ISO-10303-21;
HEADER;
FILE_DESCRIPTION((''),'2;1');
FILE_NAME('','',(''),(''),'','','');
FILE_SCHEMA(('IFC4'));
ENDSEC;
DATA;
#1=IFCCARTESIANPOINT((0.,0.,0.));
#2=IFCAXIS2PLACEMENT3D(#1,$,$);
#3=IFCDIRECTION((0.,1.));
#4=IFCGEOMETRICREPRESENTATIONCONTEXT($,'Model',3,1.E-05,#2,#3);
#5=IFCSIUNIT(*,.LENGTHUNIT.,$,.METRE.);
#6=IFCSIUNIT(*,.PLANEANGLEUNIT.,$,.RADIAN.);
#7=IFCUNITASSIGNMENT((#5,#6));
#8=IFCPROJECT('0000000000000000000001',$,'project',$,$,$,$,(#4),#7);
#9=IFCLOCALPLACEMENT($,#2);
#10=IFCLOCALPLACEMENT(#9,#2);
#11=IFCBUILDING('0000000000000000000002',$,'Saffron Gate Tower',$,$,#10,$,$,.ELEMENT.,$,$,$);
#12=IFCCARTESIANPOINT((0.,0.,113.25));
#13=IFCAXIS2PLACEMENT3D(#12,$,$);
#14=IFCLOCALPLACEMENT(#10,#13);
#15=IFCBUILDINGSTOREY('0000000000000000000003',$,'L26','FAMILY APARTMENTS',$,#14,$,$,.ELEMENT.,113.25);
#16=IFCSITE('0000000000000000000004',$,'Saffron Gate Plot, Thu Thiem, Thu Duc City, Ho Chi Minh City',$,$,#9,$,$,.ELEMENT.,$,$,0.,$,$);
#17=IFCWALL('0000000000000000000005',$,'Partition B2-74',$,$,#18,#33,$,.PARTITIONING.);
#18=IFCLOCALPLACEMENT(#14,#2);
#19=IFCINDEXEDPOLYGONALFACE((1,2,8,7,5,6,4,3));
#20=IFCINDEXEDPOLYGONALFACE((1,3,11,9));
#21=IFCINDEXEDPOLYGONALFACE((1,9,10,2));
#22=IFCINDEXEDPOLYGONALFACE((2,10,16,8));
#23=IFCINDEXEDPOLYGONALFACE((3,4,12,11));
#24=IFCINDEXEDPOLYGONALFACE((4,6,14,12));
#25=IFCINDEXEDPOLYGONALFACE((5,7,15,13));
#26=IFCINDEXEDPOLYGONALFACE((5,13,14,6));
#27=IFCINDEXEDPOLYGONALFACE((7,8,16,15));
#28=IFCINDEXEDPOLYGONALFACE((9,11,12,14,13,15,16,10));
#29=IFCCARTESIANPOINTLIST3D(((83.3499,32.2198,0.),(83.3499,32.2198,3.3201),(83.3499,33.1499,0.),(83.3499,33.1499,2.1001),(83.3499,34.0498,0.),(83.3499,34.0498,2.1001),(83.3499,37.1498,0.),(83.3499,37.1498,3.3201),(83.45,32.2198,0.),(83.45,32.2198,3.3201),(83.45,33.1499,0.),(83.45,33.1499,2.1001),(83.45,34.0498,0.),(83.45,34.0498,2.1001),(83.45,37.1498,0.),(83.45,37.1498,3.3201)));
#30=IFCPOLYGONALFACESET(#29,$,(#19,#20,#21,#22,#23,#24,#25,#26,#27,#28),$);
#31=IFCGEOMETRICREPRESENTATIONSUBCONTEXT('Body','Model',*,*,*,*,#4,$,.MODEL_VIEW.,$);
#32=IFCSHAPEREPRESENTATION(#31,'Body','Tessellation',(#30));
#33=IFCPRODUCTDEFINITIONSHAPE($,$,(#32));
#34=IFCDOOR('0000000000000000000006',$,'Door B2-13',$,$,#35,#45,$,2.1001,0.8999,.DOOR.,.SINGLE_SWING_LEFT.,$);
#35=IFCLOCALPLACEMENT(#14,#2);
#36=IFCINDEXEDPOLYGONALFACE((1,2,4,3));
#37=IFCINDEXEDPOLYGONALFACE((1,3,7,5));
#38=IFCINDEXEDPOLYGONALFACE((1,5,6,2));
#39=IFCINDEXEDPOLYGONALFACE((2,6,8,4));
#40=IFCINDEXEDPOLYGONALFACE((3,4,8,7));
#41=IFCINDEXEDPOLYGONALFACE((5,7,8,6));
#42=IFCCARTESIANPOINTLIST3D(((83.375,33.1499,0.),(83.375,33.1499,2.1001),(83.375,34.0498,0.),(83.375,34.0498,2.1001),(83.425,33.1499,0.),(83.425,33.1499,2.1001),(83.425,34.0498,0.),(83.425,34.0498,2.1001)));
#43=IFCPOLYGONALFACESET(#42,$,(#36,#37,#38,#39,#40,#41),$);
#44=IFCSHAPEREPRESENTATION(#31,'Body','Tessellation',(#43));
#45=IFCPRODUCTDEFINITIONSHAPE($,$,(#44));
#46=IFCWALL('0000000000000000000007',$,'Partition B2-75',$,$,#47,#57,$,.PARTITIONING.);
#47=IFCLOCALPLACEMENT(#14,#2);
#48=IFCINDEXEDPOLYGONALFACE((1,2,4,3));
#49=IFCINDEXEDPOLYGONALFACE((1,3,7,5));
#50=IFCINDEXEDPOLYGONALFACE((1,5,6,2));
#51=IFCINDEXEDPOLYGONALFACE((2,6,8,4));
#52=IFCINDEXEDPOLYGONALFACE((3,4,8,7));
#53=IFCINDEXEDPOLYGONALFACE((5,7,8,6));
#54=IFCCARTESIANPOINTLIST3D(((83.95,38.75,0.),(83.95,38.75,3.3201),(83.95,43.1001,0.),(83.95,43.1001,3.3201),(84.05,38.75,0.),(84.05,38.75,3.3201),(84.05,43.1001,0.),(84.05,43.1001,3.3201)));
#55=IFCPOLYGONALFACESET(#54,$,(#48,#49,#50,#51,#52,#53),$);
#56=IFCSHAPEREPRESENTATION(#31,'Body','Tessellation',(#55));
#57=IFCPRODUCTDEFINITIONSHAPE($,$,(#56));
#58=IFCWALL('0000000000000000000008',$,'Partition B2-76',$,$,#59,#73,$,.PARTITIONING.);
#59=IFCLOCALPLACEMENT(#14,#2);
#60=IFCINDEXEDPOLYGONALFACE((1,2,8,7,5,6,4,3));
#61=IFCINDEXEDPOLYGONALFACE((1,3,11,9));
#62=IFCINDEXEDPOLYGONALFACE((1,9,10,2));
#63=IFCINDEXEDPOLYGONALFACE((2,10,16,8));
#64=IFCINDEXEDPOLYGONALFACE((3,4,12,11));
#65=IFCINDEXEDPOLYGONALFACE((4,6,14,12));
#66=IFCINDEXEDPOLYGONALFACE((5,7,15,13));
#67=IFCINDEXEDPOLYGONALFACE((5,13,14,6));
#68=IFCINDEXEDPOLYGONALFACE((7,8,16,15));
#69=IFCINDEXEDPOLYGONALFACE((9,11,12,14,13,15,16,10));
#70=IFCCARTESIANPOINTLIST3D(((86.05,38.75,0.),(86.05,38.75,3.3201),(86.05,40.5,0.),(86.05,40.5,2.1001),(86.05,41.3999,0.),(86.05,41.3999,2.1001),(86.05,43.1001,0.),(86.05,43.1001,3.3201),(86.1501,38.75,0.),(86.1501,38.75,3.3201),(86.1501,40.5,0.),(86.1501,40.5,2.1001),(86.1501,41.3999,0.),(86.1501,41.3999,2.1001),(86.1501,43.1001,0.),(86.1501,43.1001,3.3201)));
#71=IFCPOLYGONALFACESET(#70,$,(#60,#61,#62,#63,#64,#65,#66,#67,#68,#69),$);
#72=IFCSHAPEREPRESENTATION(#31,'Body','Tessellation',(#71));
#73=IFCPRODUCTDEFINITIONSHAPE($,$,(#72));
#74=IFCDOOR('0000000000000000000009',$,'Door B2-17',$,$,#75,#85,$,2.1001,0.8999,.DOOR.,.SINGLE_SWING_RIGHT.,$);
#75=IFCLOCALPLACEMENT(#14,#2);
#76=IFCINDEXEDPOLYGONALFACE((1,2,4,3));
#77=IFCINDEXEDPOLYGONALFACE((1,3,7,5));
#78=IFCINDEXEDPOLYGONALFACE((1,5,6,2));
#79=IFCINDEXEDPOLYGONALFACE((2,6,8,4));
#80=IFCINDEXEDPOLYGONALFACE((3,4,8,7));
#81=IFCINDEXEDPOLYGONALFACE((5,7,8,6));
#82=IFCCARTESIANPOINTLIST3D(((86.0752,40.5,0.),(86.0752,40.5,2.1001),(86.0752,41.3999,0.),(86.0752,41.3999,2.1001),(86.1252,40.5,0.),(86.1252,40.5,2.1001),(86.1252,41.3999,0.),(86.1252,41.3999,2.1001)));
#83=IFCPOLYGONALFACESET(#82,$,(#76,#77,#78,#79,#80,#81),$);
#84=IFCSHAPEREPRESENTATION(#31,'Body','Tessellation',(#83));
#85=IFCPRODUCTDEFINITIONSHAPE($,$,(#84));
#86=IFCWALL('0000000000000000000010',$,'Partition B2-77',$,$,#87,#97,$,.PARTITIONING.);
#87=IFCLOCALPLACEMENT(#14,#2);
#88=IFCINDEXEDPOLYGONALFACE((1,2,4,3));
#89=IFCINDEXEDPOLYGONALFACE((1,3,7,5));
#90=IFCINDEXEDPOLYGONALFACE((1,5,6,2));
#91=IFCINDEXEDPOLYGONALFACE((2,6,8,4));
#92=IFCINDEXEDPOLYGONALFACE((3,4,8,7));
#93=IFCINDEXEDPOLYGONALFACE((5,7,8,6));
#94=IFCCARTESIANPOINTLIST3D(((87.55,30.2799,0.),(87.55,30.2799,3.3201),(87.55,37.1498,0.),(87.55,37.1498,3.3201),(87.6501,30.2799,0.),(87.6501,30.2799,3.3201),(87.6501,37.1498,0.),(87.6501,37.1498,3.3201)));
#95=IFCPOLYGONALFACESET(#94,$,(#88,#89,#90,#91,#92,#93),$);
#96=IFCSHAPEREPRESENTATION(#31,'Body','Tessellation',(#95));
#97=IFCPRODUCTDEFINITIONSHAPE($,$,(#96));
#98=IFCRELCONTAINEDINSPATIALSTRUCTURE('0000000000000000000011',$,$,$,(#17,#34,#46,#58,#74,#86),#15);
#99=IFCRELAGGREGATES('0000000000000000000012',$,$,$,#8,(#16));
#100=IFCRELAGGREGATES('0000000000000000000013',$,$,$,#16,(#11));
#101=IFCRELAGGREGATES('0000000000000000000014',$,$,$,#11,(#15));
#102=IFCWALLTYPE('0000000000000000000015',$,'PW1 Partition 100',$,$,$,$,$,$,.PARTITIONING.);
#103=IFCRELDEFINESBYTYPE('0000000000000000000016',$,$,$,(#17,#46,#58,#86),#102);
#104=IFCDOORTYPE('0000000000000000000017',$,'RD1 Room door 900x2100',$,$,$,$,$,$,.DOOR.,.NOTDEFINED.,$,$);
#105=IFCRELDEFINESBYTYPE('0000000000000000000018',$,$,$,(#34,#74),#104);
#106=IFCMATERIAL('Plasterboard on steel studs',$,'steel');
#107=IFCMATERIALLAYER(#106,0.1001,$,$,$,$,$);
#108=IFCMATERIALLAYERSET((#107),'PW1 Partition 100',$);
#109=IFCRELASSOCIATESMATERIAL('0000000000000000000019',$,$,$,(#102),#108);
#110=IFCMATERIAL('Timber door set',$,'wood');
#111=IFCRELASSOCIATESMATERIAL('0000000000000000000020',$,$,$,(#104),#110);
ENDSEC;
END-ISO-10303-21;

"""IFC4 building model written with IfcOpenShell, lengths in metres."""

from ifc_helpers import new_model, si_unit, direction, frame, frame_2d, origin, place, context, subcontext, project, spatial, rectangle, extrude, material, layer, layer_set, type_object, element, fill, save


model = new_model("IFC4")

# Units and contexts
model_context = context("Model", 3, precision=1e-05, world=origin(), true_north=direction((0.0, 1.0)))
body_context = subcontext(model_context, "Body", "Model", "MODEL_VIEW")
ifc_project = project(units=[si_unit("LENGTHUNIT", "METRE"), si_unit("PLANEANGLEUNIT", "RADIAN")], contexts=[model_context])

# Site, building, storey
site_placement = place(None, origin())
site = spatial("IfcSite", under=ifc_project, at=site_placement, Name="Saffron Gate Plot, Thu Thiem, Thu Duc City, Ho Chi Minh City", CompositionType="ELEMENT", RefElevation=0.0)
building_placement = place(site_placement, origin())
building = spatial("IfcBuilding", under=site, at=building_placement, Name="Saffron Gate Tower", CompositionType="ELEMENT")
storey_placement = place(building_placement, frame((0.0, 0.0, 113.25)))
storey = spatial("IfcBuildingStorey", under=building, at=storey_placement, Name="L26", Description="FAMILY APARTMENTS", CompositionType="ELEMENT", Elevation=113.25)

# Shared definitions
ifc_material_1 = material(Name="Plasterboard on steel studs", Category="steel")
ifc_layer = layer(ifc_material_1, 0.1001)
ifc_layer_set = layer_set([ifc_layer], Name="PW1 Partition 100")
wall_type = type_object("IfcWallType", Name="PW1 Partition 100", PredefinedType="PARTITIONING", material=ifc_layer_set)

# Wall, opening, door
wall_1_placement = place(storey_placement, frame((83.3999, 32.22, 0.0), z_axis=(0.0, 0.0, 1.0), x_axis=(0.0, 1.0, 0.0)))
wall_1 = element("IfcWall", 1, at=wall_1_placement, inside=storey, type_object=wall_type, Name="Partition B2-74", PredefinedType="PARTITIONING", context=body_context, shape_type="SweptSolid", body=[
    extrude(rectangle(XDim=4.9299, YDim=0.1001, at=frame_2d((2.4648, 0.0))), origin(), (0.0, 0.0, 1.0), 3.3201),
])
opening_1_placement = place(wall_1_placement, frame((0.9299, 0.0, 0.0)))
opening_1 = element("IfcOpeningElement", 2, at=opening_1_placement, cuts=wall_1, PredefinedType="OPENING", context=body_context, shape_type="SweptSolid", body=[
    extrude(rectangle(XDim=0.8999, YDim=2.1001, at=frame_2d((0.45, 1.05))), frame((0.0, 0.0601, 0.0), z_axis=(0.0, -1.0, 0.0), x_axis=(1.0, 0.0, 0.0)), (0.0, 0.0, 1.0), 0.1201),
])
ifc_material_2 = material(Name="Timber door set", Category="wood")
door_type = type_object("IfcDoorType", Name="RD1 Room door 900x2100", OperationType="NOTDEFINED", PredefinedType="DOOR", material=ifc_material_2)
door_1_placement = place(opening_1_placement, origin())
door_1 = element("IfcDoor", 3, at=door_1_placement, inside=storey, type_object=door_type, Name="Door B2-13", OperationType="SINGLE_SWING_LEFT", OverallHeight=2.1001, OverallWidth=0.8999, PredefinedType="DOOR", context=body_context, shape_type="SweptSolid", body=[
    extrude(rectangle(XDim=0.8999, YDim=2.1001, at=frame_2d((0.45, 1.05))), frame((0.0, 0.0249, 0.0), z_axis=(0.0, -1.0, 0.0), x_axis=(1.0, 0.0, 0.0)), (0.0, 0.0, 1.0), 0.05),
])
fill(opening_1, door_1)

# Wall
wall_2_placement = place(storey_placement, frame((84.0, 43.1001, 0.0), z_axis=(0.0, 0.0, 1.0), x_axis=(0.0, -1.0, 0.0)))
element("IfcWall", 4, at=wall_2_placement, inside=storey, type_object=wall_type, Name="Partition B2-75", PredefinedType="PARTITIONING", context=body_context, shape_type="SweptSolid", body=[
    extrude(rectangle(XDim=4.3501, YDim=0.1001, at=frame_2d((2.175, 0.0))), origin(), (0.0, 0.0, 1.0), 3.3201),
])

# Wall, opening, door
wall_3_placement = place(storey_placement, frame((86.1001, 38.75, 0.0), z_axis=(0.0, 0.0, 1.0), x_axis=(0.0, 1.0, 0.0)))
wall_3 = element("IfcWall", 5, at=wall_3_placement, inside=storey, type_object=wall_type, Name="Partition B2-76", PredefinedType="PARTITIONING", context=body_context, shape_type="SweptSolid", body=[
    extrude(rectangle(XDim=4.3501, YDim=0.1001, at=frame_2d((2.175, 0.0))), origin(), (0.0, 0.0, 1.0), 3.3201),
])
opening_2_placement = place(wall_3_placement, frame((1.75, 0.0, 0.0)))
opening_2 = element("IfcOpeningElement", 6, at=opening_2_placement, cuts=wall_3, PredefinedType="OPENING", context=body_context, shape_type="SweptSolid", body=[
    extrude(rectangle(XDim=0.8999, YDim=2.1001, at=frame_2d((0.45, 1.05))), frame((0.0, 0.0601, 0.0), z_axis=(0.0, -1.0, 0.0), x_axis=(1.0, 0.0, 0.0)), (0.0, 0.0, 1.0), 0.1201),
])
door_2_placement = place(opening_2_placement, origin())
door_2 = element("IfcDoor", 7, at=door_2_placement, inside=storey, type_object=door_type, Name="Door B2-17", OperationType="SINGLE_SWING_RIGHT", OverallHeight=2.1001, OverallWidth=0.8999, PredefinedType="DOOR", context=body_context, shape_type="SweptSolid", body=[
    extrude(rectangle(XDim=0.8999, YDim=2.1001, at=frame_2d((0.45, 1.05))), frame((0.0, 0.0249, 0.0), z_axis=(0.0, -1.0, 0.0), x_axis=(1.0, 0.0, 0.0)), (0.0, 0.0, 1.0), 0.05),
])
fill(opening_2, door_2)

# Wall
wall_4_placement = place(storey_placement, frame((87.6001, 37.1499, 0.0), z_axis=(0.0, 0.0, 1.0), x_axis=(0.0, -1.0, 0.0)))
element("IfcWall", 8, at=wall_4_placement, inside=storey, type_object=wall_type, Name="Partition B2-77", PredefinedType="PARTITIONING", context=body_context, shape_type="SweptSolid", body=[
    extrude(rectangle(XDim=6.8699, YDim=0.1001, at=frame_2d((3.4351, 0.0))), origin(), (0.0, 0.0, 1.0), 3.3201),
])

save(model, "model.ifc")
